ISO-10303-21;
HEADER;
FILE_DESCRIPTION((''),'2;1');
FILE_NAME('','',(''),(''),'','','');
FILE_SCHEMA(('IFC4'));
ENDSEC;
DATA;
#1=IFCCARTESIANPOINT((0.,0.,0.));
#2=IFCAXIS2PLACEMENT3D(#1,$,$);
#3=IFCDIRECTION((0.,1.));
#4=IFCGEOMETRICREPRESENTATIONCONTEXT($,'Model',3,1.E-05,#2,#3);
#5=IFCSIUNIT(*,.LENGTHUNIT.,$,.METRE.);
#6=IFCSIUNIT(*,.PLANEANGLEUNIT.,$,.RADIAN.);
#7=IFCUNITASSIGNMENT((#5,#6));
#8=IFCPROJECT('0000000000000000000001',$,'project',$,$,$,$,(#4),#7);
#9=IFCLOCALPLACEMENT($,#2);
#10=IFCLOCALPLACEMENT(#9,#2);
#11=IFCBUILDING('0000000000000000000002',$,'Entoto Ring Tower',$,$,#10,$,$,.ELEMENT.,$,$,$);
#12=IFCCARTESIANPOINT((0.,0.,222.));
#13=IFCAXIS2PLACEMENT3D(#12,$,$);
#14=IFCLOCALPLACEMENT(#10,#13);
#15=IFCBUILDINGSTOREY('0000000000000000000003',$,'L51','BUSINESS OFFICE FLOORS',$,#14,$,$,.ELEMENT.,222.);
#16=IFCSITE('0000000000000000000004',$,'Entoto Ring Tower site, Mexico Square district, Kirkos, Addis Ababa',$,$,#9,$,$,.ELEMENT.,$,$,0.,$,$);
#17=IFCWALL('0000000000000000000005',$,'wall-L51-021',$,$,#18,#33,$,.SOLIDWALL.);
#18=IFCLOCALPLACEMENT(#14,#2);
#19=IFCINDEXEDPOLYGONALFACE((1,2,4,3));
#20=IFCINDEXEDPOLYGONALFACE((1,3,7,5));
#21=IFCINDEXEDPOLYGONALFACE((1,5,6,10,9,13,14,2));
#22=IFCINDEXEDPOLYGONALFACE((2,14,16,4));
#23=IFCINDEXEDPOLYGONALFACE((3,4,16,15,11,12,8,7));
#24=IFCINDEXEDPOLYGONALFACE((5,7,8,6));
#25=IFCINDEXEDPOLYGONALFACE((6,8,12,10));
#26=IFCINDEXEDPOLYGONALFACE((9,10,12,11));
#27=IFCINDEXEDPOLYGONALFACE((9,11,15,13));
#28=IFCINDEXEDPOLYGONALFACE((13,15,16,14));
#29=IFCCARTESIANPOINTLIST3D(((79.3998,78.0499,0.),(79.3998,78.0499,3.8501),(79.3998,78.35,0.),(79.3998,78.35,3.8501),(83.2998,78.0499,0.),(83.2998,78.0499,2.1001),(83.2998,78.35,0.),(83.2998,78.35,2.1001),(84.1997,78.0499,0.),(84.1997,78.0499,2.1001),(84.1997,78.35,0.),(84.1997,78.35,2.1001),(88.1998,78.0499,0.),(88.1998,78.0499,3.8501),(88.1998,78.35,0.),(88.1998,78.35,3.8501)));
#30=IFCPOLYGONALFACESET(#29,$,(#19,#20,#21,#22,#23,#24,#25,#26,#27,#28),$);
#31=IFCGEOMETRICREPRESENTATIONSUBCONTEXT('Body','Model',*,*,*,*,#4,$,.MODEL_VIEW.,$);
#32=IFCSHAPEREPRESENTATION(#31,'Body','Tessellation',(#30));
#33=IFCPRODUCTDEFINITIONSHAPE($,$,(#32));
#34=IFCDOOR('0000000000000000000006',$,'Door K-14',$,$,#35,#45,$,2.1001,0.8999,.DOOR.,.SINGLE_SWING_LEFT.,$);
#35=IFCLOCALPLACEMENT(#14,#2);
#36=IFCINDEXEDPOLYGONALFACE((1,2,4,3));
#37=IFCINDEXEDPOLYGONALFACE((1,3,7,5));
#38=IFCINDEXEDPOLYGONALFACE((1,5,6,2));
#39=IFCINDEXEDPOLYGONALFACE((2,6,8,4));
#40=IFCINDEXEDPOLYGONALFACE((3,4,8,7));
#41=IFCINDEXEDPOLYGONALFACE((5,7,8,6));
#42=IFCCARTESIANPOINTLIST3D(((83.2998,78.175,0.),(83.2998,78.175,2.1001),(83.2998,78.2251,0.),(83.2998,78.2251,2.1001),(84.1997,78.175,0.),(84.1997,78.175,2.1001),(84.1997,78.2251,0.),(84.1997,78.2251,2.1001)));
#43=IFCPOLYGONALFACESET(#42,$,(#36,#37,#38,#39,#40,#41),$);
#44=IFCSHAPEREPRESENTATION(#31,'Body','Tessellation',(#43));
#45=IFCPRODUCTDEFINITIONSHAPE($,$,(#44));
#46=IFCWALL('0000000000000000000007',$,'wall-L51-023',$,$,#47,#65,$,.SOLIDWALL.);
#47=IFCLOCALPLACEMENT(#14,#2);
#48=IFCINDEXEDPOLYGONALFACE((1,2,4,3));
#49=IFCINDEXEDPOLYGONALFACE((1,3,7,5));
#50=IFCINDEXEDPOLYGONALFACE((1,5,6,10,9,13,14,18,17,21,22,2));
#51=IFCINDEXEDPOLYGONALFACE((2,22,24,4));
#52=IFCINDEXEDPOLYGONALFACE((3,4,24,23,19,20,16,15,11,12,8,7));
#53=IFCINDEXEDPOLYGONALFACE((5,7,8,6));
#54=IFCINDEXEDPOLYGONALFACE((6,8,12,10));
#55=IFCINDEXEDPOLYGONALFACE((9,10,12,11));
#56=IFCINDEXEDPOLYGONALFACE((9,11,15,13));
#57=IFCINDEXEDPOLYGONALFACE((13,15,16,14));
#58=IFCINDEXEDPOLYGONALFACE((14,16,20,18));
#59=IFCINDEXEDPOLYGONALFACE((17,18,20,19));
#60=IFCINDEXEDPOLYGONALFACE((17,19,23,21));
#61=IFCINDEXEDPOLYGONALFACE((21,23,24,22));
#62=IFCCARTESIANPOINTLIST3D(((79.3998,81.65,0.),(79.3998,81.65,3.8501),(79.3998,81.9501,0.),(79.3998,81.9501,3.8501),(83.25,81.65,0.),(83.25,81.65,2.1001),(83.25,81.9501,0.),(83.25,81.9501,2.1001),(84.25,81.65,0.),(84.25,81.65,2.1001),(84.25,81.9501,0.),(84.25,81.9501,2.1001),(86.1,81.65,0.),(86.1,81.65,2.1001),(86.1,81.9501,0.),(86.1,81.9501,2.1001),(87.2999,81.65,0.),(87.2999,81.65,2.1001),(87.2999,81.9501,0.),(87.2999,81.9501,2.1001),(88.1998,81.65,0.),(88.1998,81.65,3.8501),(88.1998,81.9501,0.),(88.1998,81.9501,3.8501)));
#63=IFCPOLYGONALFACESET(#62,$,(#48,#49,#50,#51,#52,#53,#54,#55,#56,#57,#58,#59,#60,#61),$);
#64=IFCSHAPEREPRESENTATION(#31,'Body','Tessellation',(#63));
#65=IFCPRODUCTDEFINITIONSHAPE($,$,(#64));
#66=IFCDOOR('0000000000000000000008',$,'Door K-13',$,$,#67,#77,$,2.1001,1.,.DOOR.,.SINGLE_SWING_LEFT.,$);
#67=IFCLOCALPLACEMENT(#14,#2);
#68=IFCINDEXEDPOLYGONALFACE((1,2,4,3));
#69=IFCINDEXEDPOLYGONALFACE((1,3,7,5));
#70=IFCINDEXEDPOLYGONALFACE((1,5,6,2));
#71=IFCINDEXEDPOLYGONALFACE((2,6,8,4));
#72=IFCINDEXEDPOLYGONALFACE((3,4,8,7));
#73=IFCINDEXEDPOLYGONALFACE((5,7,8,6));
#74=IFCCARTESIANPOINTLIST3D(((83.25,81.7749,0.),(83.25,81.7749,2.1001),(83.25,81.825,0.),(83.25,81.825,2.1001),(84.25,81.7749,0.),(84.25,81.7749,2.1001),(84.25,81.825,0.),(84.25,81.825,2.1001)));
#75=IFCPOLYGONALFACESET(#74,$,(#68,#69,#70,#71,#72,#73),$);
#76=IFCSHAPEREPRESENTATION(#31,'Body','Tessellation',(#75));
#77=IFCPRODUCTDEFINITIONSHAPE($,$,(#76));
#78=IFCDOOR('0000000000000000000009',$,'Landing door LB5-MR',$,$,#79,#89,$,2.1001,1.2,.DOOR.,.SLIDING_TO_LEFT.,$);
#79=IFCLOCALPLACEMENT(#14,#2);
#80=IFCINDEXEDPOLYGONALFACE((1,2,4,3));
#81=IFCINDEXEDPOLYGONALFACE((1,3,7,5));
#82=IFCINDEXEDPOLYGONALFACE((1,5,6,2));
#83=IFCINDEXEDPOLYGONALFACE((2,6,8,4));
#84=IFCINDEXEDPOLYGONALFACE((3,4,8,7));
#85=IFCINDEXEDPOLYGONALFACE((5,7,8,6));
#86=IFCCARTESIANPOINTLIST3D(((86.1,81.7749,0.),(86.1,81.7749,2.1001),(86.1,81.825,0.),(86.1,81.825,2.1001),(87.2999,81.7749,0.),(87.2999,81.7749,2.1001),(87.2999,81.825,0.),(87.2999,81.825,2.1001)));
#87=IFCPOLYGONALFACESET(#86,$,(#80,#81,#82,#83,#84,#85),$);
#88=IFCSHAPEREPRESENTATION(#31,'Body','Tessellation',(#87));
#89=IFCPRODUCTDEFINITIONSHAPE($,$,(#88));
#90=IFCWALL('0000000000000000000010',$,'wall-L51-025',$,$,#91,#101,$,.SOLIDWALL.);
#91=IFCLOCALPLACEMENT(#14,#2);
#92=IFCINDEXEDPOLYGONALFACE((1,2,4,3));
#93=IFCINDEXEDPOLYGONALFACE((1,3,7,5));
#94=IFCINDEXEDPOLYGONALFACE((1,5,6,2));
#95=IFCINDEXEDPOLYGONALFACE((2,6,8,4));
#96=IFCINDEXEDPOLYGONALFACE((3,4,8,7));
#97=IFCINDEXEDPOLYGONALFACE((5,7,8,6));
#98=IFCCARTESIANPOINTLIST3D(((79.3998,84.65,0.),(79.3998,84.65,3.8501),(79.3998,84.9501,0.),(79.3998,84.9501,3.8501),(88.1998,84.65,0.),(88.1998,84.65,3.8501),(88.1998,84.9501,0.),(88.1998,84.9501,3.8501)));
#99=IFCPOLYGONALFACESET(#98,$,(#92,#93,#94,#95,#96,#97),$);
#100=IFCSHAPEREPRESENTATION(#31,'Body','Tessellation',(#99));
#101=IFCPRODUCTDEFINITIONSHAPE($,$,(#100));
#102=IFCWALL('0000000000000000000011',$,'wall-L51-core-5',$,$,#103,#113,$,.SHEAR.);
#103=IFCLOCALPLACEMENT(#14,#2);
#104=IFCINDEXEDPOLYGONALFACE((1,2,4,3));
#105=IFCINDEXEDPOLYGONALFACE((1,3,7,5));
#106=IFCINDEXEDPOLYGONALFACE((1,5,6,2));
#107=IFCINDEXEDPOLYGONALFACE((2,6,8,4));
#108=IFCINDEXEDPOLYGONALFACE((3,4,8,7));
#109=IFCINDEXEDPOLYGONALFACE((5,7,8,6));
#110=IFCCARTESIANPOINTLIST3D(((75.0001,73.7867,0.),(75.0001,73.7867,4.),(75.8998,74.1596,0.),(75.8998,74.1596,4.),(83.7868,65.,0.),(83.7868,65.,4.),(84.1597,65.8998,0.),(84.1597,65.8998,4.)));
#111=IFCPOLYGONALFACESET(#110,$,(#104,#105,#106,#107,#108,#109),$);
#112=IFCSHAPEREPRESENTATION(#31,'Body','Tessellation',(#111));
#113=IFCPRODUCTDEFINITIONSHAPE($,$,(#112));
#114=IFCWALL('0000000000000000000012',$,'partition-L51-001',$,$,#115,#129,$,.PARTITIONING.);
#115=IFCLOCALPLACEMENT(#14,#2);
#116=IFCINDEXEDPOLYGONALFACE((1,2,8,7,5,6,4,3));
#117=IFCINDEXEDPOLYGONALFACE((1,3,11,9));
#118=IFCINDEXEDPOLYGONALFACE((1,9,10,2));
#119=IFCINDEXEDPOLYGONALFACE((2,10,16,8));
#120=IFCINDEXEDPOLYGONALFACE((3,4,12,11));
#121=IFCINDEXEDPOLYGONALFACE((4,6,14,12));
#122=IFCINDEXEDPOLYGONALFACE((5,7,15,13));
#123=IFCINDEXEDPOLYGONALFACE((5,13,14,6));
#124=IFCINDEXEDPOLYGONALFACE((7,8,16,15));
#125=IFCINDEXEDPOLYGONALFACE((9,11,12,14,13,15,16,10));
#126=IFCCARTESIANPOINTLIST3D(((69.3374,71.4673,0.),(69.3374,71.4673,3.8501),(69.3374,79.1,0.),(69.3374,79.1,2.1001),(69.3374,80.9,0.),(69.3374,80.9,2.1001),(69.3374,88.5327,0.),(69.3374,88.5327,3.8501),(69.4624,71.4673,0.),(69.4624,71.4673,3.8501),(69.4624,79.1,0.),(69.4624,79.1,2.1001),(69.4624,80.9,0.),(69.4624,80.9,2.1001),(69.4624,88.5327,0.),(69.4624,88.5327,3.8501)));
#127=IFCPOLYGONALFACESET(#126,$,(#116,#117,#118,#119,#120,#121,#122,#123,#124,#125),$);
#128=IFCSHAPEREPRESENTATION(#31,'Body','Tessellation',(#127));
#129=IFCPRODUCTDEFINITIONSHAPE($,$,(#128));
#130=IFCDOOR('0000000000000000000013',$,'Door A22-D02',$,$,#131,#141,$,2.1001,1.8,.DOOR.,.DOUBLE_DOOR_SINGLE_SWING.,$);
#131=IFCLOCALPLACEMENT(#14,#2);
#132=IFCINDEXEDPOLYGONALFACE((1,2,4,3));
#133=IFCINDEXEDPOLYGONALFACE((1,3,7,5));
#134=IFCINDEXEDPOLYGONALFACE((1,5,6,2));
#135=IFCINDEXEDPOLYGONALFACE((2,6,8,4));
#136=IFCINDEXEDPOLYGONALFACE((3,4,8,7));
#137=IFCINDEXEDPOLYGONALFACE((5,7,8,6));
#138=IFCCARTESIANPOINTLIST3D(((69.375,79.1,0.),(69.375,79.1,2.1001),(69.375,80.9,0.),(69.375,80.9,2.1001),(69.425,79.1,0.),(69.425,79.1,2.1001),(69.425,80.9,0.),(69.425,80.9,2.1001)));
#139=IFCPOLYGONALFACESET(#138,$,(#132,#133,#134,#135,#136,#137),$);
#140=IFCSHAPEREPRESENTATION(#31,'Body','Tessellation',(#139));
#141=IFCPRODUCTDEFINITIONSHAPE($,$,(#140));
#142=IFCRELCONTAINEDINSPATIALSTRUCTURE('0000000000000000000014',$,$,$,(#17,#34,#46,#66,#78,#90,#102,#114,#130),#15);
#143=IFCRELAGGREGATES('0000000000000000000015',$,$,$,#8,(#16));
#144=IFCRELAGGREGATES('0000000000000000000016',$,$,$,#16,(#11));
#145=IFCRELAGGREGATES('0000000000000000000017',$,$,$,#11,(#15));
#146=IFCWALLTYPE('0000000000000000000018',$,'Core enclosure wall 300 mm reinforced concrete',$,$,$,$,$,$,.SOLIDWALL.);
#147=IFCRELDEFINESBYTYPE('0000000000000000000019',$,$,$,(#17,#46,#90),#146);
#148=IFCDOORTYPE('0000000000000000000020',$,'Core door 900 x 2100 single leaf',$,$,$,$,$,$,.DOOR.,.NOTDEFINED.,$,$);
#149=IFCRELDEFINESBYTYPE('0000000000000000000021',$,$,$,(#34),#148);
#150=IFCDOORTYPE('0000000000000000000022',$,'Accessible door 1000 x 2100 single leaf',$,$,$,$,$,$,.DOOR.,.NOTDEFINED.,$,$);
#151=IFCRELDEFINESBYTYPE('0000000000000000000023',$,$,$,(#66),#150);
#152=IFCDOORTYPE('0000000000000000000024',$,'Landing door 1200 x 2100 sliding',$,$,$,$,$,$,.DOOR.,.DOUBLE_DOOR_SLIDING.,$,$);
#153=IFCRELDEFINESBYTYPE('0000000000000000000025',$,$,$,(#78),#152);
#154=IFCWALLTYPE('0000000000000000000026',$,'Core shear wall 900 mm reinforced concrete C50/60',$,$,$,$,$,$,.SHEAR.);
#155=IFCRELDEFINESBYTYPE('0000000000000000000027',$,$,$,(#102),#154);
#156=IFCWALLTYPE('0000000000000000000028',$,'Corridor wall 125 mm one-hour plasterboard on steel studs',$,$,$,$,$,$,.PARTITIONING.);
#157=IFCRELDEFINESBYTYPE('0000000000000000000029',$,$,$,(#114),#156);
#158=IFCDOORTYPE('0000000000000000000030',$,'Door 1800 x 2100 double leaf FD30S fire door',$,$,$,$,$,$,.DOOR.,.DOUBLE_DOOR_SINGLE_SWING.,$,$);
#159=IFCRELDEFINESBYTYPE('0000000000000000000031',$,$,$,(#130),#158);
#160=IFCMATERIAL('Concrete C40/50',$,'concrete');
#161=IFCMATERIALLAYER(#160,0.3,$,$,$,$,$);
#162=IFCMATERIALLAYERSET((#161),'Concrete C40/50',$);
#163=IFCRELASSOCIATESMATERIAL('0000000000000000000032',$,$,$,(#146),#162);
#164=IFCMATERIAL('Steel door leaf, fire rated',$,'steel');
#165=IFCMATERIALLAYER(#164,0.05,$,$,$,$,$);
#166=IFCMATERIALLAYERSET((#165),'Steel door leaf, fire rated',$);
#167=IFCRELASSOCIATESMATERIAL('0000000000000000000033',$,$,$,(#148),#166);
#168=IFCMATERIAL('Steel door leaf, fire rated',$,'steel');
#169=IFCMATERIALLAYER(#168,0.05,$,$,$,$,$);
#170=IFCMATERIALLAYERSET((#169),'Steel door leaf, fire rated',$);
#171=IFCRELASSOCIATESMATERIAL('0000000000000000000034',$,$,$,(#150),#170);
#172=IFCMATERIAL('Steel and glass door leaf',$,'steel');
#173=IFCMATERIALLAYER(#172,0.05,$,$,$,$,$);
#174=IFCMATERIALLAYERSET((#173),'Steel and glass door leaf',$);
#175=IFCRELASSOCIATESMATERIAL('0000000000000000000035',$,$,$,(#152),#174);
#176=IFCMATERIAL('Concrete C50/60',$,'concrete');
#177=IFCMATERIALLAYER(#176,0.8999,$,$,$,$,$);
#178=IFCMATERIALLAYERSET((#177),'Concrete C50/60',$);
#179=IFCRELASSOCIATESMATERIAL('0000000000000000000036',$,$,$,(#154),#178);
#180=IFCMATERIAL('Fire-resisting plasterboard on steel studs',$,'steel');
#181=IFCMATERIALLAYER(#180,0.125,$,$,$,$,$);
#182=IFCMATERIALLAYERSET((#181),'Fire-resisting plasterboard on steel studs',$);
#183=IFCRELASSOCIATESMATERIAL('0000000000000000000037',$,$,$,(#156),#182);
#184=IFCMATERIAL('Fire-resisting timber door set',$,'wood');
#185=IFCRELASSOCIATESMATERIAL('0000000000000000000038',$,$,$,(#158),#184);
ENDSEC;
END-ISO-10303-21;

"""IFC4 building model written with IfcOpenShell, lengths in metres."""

from ifc_helpers import new_model, si_unit, direction, frame, frame_2d, origin, place, context, subcontext, project, spatial, polyline, rectangle, outline, extrude, material, layer, layer_set, type_object, element, fill, save


model = new_model("IFC4")

# Units and contexts
model_context = context("Model", 3, precision=1e-05, world=origin(), true_north=direction((0.0, 1.0)))
body_context = subcontext(model_context, "Body", "Model", "MODEL_VIEW")
ifc_project = project(units=[si_unit("LENGTHUNIT", "METRE"), si_unit("PLANEANGLEUNIT", "RADIAN")], contexts=[model_context])

# Site, building, storey
site_placement = place(None, origin())
site = spatial("IfcSite", under=ifc_project, at=site_placement, Name="Entoto Ring Tower site, Mexico Square district, Kirkos, Addis Ababa", CompositionType="ELEMENT", RefElevation=0.0)
building_placement = place(site_placement, origin())
building = spatial("IfcBuilding", under=site, at=building_placement, Name="Entoto Ring Tower", CompositionType="ELEMENT")
storey_placement = place(building_placement, frame((0.0, 0.0, 222.0)))
storey = spatial("IfcBuildingStorey", under=building, at=storey_placement, Name="L51", Description="BUSINESS OFFICE FLOORS", CompositionType="ELEMENT", Elevation=222.0)

# Shared definitions
ifc_material_1 = material(Name="Concrete C40/50", Category="concrete")
ifc_layer_1 = layer(ifc_material_1, 0.3)
ifc_layer_set_1 = layer_set([ifc_layer_1], Name="Concrete C40/50")
wall_type_1 = type_object("IfcWallType", Name="Core enclosure wall 300 mm reinforced concrete", PredefinedType="SOLIDWALL", material=ifc_layer_set_1)

# Wall, opening, door
wall_1_placement = place(storey_placement, frame((79.3999, 78.2, 0.0), z_axis=(0.0, 0.0, 1.0), x_axis=(1.0, 0.0, 0.0)))
wall_1 = element("IfcWall", 1, at=wall_1_placement, inside=storey, type_object=wall_type_1, Name="wall-L51-021", PredefinedType="SOLIDWALL", context=body_context, shape_type="SweptSolid", body=[
    extrude(rectangle(XDim=8.8, YDim=0.3, at=frame_2d((4.3999, 0.0))), origin(), (0.0, 0.0, 1.0), 3.8501),
])
opening_1_placement = place(wall_1_placement, frame((3.8999, 0.0, 0.0)))
opening_1 = element("IfcOpeningElement", 2, at=opening_1_placement, cuts=wall_1, PredefinedType="OPENING", context=body_context, shape_type="SweptSolid", body=[
    extrude(rectangle(XDim=0.8999, YDim=2.1001, at=frame_2d((0.45, 1.05))), frame((0.0, 0.1602, 0.0), z_axis=(0.0, -1.0, 0.0), x_axis=(1.0, 0.0, 0.0)), (0.0, 0.0, 1.0), 0.3201),
])
ifc_material_2 = material(Name="Steel door leaf, fire rated", Category="steel")
ifc_layer_2 = layer(ifc_material_2, 0.05)
ifc_layer_set_2 = layer_set([ifc_layer_2], Name="Steel door leaf, fire rated")
door_type_1 = type_object("IfcDoorType", Name="Core door 900 x 2100 single leaf", OperationType="NOTDEFINED", PredefinedType="DOOR", material=ifc_layer_set_2)
door_1_placement = place(opening_1_placement, frame((0.8999, 0.0, 0.0), z_axis=(0.0, 0.0, 1.0), x_axis=(-1.0, 0.0, 0.0)))
door_1 = element("IfcDoor", 3, at=door_1_placement, inside=storey, type_object=door_type_1, Name="Door K-14", OperationType="SINGLE_SWING_LEFT", OverallHeight=2.1001, OverallWidth=0.8999, PredefinedType="DOOR", context=body_context, shape_type="SweptSolid", body=[
    extrude(rectangle(XDim=0.8999, YDim=2.1001, at=frame_2d((0.45, 1.05))), frame((0.0, 0.0249, 0.0), z_axis=(0.0, -1.0, 0.0), x_axis=(1.0, 0.0, 0.0)), (0.0, 0.0, 1.0), 0.05),
])
fill(opening_1, door_1)

# Wall, openings, doors
wall_2_placement = place(storey_placement, frame((79.3999, 81.8, 0.0), z_axis=(0.0, 0.0, 1.0), x_axis=(1.0, 0.0, 0.0)))
wall_2 = element("IfcWall", 4, at=wall_2_placement, inside=storey, type_object=wall_type_1, Name="wall-L51-023", PredefinedType="SOLIDWALL", context=body_context, shape_type="SweptSolid", body=[
    extrude(rectangle(XDim=8.8, YDim=0.3, at=frame_2d((4.3999, 0.0))), origin(), (0.0, 0.0, 1.0), 3.8501),
])
opening_2_placement = place(wall_2_placement, frame((6.7, 0.0, 0.0)))
opening_2 = element("IfcOpeningElement", 5, at=opening_2_placement, cuts=wall_2, PredefinedType="OPENING", context=body_context, shape_type="SweptSolid", body=[
    extrude(rectangle(XDim=1.2, YDim=2.1001, at=frame_2d((0.6001, 1.05))), frame((0.0, 0.1602, 0.0), z_axis=(0.0, -1.0, 0.0), x_axis=(1.0, 0.0, 0.0)), (0.0, 0.0, 1.0), 0.3201),
])
opening_3_placement = place(wall_2_placement, frame((3.8501, 0.0, 0.0)))
opening_3 = element("IfcOpeningElement", 6, at=opening_3_placement, cuts=wall_2, PredefinedType="OPENING", context=body_context, shape_type="SweptSolid", body=[
    extrude(rectangle(XDim=1.0, YDim=2.1001, at=frame_2d((0.5, 1.05))), frame((0.0, 0.1602, 0.0), z_axis=(0.0, -1.0, 0.0), x_axis=(1.0, 0.0, 0.0)), (0.0, 0.0, 1.0), 0.3201),
])
ifc_material_3 = material(Name="Steel door leaf, fire rated", Category="steel")
ifc_layer_3 = layer(ifc_material_3, 0.05)
ifc_layer_set_3 = layer_set([ifc_layer_3], Name="Steel door leaf, fire rated")
door_type_2 = type_object("IfcDoorType", Name="Accessible door 1000 x 2100 single leaf", OperationType="NOTDEFINED", PredefinedType="DOOR", material=ifc_layer_set_3)
door_2_placement = place(opening_3_placement, origin())
door_2 = element("IfcDoor", 7, at=door_2_placement, inside=storey, type_object=door_type_2, Name="Door K-13", OperationType="SINGLE_SWING_LEFT", OverallHeight=2.1001, OverallWidth=1.0, PredefinedType="DOOR", context=body_context, shape_type="SweptSolid", body=[
    extrude(rectangle(XDim=1.0, YDim=2.1001, at=frame_2d((0.5, 1.05))), frame((0.0, 0.0249, 0.0), z_axis=(0.0, -1.0, 0.0), x_axis=(1.0, 0.0, 0.0)), (0.0, 0.0, 1.0), 0.05),
])
fill(opening_3, door_2)
ifc_material_4 = material(Name="Steel and glass door leaf", Category="steel")
ifc_layer_4 = layer(ifc_material_4, 0.05)
ifc_layer_set_4 = layer_set([ifc_layer_4], Name="Steel and glass door leaf")
door_type_3 = type_object("IfcDoorType", Name="Landing door 1200 x 2100 sliding", OperationType="DOUBLE_DOOR_SLIDING", PredefinedType="DOOR", material=ifc_layer_set_4)
door_3_placement = place(opening_2_placement, origin())
door_3 = element("IfcDoor", 8, at=door_3_placement, inside=storey, type_object=door_type_3, Name="Landing door LB5-MR", OperationType="SLIDING_TO_LEFT", OverallHeight=2.1001, OverallWidth=1.2, PredefinedType="DOOR", context=body_context, shape_type="SweptSolid", body=[
    extrude(rectangle(XDim=1.2, YDim=2.1001, at=frame_2d((0.6001, 1.05))), frame((0.0, 0.0249, 0.0), z_axis=(0.0, -1.0, 0.0), x_axis=(1.0, 0.0, 0.0)), (0.0, 0.0, 1.0), 0.05),
])
fill(opening_2, door_3)

# Walls
wall_3_placement = place(storey_placement, frame((79.3999, 84.8, 0.0), z_axis=(0.0, 0.0, 1.0), x_axis=(1.0, 0.0, 0.0)))
element("IfcWall", 9, at=wall_3_placement, inside=storey, type_object=wall_type_1, Name="wall-L51-025", PredefinedType="SOLIDWALL", context=body_context, shape_type="SweptSolid", body=[
    extrude(rectangle(XDim=8.8, YDim=0.3, at=frame_2d((4.3999, 0.0))), origin(), (0.0, 0.0, 1.0), 3.8501),
])
ifc_material_5 = material(Name="Concrete C50/60", Category="concrete")
ifc_layer_5 = layer(ifc_material_5, 0.8999)
ifc_layer_set_5 = layer_set([ifc_layer_5], Name="Concrete C50/60")
wall_type_2 = type_object("IfcWallType", Name="Core shear wall 900 mm reinforced concrete C50/60", PredefinedType="SHEAR", material=ifc_layer_set_5)
wall_4_placement = place(storey_placement, frame((75.45, 73.9731, 0.0), z_axis=(0.0, 0.0, 1.0), x_axis=(0.707107, -0.707107, 0.0)))
element("IfcWall", 10, at=wall_4_placement, inside=storey, type_object=wall_type_2, Name="wall-L51-core-5", PredefinedType="SHEAR", context=body_context, shape_type="SweptSolid", body=[
    extrude(outline(polyline([(-0.1863, -0.45), (12.24, -0.45), (11.8674, 0.45), (0.1863, 0.45), (-0.1863, -0.45)])), origin(), (0.0, 0.0, 1.0), 4.0),
])

# Wall, opening, door
ifc_material_6 = material(Name="Fire-resisting plasterboard on steel studs", Category="steel")
ifc_layer_6 = layer(ifc_material_6, 0.125)
ifc_layer_set_6 = layer_set([ifc_layer_6], Name="Fire-resisting plasterboard on steel studs")
wall_type_3 = type_object("IfcWallType", Name="Corridor wall 125 mm one-hour plasterboard on steel studs", PredefinedType="PARTITIONING", material=ifc_layer_set_6)
wall_5_placement = place(storey_placement, frame((69.3999, 71.4673, 0.0), z_axis=(0.0, 0.0, 1.0), x_axis=(0.0, 1.0, 0.0)))
wall_5 = element("IfcWall", 11, at=wall_5_placement, inside=storey, type_object=wall_type_3, Name="partition-L51-001", PredefinedType="PARTITIONING", context=body_context, shape_type="SweptSolid", body=[
    extrude(rectangle(XDim=17.0654, YDim=0.125, at=frame_2d((8.5327, 0.0))), origin(), (0.0, 0.0, 1.0), 3.8501),
])
opening_4_placement = place(wall_5_placement, frame((7.6328, 0.0, 0.0)))
opening_4 = element("IfcOpeningElement", 12, at=opening_4_placement, cuts=wall_5, PredefinedType="OPENING", context=body_context, shape_type="SweptSolid", body=[
    extrude(rectangle(XDim=1.8, YDim=2.1001, at=frame_2d((0.8999, 1.05))), frame((0.0, 0.0725, 0.0), z_axis=(0.0, -1.0, 0.0), x_axis=(1.0, 0.0, 0.0)), (0.0, 0.0, 1.0), 0.145),
])
ifc_material_7 = material(Name="Fire-resisting timber door set", Category="wood")
door_type_4 = type_object("IfcDoorType", Name="Door 1800 x 2100 double leaf FD30S fire door", OperationType="DOUBLE_DOOR_SINGLE_SWING", PredefinedType="DOOR", material=ifc_material_7)
door_4_placement = place(opening_4_placement, origin())
door_4 = element("IfcDoor", 13, at=door_4_placement, inside=storey, type_object=door_type_4, Name="Door A22-D02", OperationType="DOUBLE_DOOR_SINGLE_SWING", OverallHeight=2.1001, OverallWidth=1.8, PredefinedType="DOOR", context=body_context, shape_type="SweptSolid", body=[
    extrude(rectangle(XDim=1.8, YDim=2.1001, at=frame_2d((0.8999, 1.05))), frame((0.0, 0.0249, 0.0), z_axis=(0.0, -1.0, 0.0), x_axis=(1.0, 0.0, 0.0)), (0.0, 0.0, 1.0), 0.05),
])
fill(opening_4, door_4)

save(model, "model.ifc")
